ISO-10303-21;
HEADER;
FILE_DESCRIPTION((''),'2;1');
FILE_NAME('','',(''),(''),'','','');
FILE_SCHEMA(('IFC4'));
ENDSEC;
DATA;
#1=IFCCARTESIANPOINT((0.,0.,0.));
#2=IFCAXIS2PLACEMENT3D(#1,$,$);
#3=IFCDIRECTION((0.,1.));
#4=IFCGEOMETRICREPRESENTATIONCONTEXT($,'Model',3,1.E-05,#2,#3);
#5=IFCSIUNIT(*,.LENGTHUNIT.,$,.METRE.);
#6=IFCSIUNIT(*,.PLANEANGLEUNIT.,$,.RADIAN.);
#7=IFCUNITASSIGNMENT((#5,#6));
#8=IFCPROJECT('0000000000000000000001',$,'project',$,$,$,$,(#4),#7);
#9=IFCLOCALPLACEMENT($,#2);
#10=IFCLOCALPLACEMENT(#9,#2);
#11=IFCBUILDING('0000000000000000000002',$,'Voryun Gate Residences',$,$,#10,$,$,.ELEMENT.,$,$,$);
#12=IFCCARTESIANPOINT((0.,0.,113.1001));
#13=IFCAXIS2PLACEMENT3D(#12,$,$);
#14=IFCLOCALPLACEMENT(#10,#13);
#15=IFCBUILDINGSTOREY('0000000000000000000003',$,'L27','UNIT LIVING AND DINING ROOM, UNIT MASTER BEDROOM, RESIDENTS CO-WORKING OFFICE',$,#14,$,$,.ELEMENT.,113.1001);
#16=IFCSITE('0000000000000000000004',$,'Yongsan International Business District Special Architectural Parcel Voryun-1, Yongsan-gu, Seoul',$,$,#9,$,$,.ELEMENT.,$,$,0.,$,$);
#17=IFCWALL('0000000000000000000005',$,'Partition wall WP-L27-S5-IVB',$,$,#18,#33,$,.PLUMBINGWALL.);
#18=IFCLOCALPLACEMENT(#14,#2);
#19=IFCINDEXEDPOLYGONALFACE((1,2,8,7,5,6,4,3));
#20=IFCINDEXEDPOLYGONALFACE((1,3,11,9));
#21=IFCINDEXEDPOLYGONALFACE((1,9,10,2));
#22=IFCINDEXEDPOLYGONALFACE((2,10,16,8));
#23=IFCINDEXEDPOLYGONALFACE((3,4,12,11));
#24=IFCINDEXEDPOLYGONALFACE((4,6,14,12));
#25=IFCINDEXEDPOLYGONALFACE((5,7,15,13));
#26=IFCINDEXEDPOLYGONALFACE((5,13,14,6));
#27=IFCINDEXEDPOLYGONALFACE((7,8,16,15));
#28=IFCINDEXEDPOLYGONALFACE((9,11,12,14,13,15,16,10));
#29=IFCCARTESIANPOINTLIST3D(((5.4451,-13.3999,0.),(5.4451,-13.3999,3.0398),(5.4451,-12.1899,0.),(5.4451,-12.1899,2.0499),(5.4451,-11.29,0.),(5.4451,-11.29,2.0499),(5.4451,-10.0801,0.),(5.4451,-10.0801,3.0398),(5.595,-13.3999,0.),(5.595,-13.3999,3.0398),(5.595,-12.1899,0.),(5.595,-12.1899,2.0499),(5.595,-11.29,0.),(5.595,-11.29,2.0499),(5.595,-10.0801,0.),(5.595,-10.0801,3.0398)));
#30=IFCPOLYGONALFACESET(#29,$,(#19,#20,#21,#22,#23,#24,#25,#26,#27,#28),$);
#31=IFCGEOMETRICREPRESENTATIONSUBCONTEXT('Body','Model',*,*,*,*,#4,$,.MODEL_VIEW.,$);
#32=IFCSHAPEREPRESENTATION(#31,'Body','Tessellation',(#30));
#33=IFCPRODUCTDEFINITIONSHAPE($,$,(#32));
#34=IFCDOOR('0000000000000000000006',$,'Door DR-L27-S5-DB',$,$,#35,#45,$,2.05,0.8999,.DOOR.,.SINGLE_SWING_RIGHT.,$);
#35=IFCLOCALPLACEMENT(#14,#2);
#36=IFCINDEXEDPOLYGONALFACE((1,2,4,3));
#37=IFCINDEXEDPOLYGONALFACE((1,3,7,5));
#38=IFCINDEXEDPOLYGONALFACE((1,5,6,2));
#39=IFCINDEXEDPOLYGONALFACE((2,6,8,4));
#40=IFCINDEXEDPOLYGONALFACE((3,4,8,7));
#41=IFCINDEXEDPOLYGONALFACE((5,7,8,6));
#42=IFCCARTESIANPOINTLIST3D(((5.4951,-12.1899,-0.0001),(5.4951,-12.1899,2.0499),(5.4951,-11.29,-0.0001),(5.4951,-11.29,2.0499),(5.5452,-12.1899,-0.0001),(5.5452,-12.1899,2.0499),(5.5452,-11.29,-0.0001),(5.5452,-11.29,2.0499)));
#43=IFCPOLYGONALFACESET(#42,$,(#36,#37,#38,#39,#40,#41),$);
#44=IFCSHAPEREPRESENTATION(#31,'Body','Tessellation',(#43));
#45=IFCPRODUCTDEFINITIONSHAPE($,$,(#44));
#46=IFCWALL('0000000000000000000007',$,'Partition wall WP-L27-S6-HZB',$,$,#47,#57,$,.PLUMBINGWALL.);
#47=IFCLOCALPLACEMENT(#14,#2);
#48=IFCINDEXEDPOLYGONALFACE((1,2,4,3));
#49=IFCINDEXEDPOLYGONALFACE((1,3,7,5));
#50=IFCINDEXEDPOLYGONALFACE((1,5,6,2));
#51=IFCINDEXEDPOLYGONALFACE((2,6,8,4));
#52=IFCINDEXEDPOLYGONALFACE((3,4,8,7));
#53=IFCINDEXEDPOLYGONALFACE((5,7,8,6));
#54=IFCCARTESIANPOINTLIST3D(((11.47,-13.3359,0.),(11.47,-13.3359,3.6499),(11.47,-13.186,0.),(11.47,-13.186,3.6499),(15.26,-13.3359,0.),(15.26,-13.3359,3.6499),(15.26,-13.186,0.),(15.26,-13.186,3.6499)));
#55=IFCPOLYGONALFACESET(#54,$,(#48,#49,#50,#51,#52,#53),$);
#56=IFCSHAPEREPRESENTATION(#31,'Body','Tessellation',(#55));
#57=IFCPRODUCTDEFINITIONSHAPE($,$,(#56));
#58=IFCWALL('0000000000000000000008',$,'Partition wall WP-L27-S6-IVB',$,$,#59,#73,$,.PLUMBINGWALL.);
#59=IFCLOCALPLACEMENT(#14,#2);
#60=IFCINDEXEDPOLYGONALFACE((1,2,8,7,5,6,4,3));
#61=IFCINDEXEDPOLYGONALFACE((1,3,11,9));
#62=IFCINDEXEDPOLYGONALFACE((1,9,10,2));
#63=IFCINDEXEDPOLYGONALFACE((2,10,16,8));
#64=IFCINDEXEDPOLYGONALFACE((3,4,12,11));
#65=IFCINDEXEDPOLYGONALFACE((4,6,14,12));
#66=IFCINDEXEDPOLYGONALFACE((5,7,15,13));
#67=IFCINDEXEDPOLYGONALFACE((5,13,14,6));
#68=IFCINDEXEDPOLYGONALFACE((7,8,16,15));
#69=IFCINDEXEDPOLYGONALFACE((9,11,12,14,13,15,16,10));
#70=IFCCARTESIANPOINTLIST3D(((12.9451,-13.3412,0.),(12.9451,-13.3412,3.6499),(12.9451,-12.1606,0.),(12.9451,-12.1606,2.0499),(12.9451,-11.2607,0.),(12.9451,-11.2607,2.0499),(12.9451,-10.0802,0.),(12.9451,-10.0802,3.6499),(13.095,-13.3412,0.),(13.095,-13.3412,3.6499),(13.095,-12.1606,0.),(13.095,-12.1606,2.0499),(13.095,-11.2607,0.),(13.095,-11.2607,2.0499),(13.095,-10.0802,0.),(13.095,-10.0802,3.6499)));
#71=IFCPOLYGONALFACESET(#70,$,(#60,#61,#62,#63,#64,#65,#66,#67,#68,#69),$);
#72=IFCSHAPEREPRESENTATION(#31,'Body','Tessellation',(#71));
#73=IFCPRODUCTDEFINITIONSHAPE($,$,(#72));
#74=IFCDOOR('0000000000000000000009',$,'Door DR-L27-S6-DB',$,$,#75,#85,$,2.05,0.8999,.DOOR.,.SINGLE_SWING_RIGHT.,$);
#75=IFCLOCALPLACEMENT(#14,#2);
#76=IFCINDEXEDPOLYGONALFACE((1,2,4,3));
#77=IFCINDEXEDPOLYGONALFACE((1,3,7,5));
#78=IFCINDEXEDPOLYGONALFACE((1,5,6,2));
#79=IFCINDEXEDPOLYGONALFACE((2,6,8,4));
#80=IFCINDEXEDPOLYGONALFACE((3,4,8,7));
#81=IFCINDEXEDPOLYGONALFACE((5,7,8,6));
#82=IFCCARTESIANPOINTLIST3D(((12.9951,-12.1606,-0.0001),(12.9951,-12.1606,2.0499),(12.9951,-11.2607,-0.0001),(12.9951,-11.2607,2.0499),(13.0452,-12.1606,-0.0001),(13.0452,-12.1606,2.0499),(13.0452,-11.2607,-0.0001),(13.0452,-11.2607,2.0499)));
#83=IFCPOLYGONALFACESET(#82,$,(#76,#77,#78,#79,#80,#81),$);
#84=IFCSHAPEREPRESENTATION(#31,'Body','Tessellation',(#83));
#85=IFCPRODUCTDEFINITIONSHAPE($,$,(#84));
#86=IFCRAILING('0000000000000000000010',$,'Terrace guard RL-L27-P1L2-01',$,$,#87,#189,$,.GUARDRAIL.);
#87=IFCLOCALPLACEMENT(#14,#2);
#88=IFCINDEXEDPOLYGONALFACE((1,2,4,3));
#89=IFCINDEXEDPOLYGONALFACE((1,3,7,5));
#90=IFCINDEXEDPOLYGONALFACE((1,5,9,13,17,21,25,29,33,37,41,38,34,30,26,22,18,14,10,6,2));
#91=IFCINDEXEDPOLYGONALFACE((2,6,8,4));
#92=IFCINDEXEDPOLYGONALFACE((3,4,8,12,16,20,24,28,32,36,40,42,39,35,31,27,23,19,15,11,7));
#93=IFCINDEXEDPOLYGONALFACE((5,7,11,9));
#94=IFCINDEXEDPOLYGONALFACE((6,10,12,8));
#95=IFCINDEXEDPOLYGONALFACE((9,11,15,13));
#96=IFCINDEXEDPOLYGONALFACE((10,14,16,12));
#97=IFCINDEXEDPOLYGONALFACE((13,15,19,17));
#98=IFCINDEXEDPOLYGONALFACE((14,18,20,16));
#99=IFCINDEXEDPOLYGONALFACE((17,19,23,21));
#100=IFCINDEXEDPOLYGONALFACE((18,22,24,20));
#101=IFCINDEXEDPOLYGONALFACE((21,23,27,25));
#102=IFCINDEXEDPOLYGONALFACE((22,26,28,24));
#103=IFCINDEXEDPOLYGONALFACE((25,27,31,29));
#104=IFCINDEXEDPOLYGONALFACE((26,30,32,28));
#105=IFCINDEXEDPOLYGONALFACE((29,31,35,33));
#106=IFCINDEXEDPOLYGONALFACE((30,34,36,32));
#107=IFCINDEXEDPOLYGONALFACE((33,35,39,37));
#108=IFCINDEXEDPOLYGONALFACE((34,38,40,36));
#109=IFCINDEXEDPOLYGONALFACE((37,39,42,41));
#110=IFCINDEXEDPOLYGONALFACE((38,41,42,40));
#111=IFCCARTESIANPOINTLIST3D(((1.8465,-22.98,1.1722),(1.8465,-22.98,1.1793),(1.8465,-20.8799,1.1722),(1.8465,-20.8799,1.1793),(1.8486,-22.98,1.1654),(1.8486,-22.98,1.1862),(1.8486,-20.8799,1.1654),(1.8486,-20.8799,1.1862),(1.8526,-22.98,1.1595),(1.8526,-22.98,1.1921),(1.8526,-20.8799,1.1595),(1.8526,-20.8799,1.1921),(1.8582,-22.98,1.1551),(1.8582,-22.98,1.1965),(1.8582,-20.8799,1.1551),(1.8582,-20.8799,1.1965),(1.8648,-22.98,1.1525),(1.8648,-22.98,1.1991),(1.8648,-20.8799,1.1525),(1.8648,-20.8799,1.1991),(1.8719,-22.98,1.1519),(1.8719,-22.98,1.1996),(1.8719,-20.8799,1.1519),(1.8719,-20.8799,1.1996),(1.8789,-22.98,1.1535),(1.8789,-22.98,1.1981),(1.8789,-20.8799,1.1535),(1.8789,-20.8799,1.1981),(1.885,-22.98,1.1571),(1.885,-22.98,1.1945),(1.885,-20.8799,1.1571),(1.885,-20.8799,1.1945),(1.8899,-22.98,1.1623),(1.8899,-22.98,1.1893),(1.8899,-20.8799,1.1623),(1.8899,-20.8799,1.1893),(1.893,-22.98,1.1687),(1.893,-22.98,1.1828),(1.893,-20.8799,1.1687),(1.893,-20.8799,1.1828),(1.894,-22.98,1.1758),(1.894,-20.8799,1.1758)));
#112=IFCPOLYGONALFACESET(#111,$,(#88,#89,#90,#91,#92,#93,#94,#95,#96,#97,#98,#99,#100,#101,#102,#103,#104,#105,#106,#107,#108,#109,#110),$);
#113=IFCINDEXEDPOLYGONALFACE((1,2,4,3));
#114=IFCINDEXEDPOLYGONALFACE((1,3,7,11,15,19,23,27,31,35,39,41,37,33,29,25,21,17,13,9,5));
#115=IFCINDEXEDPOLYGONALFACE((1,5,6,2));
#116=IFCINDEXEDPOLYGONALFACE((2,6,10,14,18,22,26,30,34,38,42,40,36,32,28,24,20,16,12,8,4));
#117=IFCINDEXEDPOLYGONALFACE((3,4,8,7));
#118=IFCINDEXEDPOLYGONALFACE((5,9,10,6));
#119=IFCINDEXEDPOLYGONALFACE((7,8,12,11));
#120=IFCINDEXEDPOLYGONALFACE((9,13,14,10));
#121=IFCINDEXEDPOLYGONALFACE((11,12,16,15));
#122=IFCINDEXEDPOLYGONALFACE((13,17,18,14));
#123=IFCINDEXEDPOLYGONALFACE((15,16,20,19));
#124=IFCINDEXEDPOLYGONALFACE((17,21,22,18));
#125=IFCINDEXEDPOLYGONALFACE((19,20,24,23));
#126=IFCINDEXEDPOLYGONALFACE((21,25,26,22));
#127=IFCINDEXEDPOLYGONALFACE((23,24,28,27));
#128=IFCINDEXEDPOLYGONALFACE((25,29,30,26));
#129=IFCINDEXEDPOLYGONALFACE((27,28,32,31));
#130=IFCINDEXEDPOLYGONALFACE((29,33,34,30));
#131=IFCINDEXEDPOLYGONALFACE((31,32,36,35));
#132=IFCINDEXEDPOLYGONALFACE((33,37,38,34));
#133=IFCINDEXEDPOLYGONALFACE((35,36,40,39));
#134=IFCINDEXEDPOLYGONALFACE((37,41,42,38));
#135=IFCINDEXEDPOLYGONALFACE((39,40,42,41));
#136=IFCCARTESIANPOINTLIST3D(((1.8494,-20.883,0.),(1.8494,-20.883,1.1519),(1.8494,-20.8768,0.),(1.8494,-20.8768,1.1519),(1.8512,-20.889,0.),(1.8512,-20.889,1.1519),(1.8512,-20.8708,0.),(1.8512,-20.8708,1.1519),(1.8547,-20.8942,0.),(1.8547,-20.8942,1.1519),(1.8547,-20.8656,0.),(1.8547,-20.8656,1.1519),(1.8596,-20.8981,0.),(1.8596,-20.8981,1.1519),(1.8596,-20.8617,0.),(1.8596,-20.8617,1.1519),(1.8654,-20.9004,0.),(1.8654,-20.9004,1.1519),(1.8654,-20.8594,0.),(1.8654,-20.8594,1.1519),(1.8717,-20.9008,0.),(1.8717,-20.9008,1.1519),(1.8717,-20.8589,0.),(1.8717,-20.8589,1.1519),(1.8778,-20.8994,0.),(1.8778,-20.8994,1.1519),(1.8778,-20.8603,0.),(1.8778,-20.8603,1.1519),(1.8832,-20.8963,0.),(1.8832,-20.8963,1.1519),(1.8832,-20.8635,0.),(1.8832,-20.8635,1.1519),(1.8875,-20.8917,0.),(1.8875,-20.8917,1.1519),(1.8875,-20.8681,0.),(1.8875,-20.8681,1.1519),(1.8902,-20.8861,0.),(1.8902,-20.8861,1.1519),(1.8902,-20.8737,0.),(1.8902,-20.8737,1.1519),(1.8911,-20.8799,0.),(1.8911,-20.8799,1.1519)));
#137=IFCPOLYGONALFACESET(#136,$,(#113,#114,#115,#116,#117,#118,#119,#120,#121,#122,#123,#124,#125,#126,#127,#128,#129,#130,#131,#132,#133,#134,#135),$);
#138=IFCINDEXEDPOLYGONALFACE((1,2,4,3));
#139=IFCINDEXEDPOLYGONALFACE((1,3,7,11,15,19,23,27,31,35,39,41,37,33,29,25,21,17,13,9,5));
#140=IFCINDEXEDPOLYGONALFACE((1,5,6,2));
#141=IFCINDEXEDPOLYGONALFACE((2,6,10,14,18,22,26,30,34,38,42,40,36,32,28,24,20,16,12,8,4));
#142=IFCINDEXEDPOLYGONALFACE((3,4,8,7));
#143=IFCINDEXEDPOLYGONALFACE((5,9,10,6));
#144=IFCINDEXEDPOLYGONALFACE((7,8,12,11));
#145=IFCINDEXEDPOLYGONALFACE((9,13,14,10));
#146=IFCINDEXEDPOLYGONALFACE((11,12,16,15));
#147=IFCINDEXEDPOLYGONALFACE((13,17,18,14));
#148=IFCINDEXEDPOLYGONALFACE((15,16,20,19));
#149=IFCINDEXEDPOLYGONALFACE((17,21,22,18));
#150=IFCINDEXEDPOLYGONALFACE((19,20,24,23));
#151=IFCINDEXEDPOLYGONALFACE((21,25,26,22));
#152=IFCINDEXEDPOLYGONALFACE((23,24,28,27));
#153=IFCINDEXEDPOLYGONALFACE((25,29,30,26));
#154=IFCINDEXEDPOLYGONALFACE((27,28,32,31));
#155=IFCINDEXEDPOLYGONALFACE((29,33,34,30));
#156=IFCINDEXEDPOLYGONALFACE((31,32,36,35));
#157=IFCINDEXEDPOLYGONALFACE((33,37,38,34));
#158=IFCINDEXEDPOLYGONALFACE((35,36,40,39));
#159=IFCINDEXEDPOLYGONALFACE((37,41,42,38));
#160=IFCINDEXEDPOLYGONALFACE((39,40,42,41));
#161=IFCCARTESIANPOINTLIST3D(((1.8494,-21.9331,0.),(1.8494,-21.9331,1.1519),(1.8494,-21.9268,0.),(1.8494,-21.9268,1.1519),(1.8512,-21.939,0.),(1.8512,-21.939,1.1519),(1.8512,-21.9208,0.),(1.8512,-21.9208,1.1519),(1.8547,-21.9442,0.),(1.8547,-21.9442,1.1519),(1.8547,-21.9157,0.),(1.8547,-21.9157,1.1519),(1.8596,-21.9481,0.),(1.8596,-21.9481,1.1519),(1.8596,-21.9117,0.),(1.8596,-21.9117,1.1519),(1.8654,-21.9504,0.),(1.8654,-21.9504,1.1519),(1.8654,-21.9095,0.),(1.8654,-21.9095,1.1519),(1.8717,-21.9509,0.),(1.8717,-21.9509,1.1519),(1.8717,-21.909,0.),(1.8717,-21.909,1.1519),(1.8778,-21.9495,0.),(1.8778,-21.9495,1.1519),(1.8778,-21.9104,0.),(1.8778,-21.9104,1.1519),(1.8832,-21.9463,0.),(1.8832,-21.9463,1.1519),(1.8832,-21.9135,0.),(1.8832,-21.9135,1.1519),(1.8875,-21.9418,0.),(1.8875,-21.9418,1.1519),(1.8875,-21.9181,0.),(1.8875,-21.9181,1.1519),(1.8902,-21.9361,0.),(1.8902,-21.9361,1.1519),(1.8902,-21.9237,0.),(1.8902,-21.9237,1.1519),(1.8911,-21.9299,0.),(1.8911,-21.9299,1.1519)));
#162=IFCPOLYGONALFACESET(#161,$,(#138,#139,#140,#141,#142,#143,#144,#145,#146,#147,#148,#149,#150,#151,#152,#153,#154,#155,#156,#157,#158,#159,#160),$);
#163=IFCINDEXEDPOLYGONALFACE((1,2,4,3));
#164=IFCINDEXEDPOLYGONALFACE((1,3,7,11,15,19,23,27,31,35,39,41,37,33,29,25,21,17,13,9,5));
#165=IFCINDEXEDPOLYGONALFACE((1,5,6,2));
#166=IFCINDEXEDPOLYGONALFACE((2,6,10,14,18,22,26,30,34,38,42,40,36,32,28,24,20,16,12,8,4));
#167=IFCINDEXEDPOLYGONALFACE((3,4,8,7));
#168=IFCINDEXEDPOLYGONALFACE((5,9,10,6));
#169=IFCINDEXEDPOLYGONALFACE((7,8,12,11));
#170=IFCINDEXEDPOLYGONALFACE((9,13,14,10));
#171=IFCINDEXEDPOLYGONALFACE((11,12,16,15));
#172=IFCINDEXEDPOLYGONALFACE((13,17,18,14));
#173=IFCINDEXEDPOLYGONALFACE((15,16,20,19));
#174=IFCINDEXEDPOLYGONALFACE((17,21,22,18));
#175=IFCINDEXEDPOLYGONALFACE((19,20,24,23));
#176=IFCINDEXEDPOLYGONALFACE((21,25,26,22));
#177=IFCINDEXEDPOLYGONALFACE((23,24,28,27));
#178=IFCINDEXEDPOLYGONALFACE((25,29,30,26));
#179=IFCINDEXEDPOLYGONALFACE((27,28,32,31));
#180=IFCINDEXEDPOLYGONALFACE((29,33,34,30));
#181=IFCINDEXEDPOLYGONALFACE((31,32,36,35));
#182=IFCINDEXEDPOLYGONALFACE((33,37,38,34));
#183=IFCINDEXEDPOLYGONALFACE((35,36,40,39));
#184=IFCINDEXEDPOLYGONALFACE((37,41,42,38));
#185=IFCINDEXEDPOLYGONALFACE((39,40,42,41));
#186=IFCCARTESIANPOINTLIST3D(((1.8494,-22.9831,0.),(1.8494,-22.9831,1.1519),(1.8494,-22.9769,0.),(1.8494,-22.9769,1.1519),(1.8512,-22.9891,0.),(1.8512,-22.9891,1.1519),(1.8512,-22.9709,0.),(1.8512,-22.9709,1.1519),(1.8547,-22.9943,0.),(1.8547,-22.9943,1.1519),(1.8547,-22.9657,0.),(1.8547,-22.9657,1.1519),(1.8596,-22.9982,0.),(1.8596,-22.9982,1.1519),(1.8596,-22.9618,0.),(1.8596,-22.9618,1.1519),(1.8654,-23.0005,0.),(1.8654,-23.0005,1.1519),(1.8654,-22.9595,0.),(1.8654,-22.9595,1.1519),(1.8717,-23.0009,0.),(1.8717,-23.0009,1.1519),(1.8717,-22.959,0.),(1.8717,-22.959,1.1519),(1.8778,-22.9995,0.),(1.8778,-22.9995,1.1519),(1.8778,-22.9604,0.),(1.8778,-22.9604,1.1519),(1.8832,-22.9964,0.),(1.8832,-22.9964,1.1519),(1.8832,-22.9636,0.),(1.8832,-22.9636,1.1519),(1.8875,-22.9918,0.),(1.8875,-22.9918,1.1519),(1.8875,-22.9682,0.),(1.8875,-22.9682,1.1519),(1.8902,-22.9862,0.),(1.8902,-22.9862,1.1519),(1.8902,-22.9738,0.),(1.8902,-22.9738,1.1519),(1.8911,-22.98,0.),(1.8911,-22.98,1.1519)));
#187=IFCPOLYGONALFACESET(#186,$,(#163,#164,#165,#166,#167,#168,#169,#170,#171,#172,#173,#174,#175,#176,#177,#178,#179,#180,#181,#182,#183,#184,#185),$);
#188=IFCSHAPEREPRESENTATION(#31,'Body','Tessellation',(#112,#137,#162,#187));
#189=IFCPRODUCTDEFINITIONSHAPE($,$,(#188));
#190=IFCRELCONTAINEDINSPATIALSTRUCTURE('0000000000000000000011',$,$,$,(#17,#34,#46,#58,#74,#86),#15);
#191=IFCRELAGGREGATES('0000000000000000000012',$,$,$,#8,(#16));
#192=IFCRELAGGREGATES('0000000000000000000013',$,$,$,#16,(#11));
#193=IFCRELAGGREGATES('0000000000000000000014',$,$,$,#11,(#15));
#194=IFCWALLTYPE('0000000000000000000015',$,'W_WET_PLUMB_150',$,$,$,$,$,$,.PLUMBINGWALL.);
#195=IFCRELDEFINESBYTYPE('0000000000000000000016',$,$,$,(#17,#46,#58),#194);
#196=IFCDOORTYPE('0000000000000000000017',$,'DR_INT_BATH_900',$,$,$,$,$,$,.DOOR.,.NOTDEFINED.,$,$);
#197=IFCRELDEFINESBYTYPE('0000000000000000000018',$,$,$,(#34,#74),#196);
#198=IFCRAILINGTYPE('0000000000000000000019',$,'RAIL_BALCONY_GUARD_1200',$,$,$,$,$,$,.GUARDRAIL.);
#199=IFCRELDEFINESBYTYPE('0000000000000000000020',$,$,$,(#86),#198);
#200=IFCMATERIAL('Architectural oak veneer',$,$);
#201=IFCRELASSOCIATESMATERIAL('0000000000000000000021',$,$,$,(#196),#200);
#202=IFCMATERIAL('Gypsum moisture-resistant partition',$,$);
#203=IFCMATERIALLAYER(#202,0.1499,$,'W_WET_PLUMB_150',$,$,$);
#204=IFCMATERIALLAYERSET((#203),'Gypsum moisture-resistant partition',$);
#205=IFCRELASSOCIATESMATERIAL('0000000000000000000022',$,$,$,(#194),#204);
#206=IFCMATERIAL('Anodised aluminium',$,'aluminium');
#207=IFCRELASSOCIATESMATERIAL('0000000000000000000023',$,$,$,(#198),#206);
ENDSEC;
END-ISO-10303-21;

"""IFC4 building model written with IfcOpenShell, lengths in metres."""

from ifc_helpers import new_model, si_unit, direction, frame, frame_2d, origin, origin_2d, place, context, subcontext, project, spatial, rectangle, circle, extrude, material, layer, layer_set, type_object, element, fill, save


model = new_model("IFC4")

# Units and contexts
model_context = context("Model", 3, precision=1e-05, world=origin(), true_north=direction((0.0, 1.0)))
body_context = subcontext(model_context, "Body", "Model", "MODEL_VIEW")
ifc_project = project(units=[si_unit("LENGTHUNIT", "METRE"), si_unit("PLANEANGLEUNIT", "RADIAN")], contexts=[model_context])

# Site, building, storey
site_placement = place(None, origin())
site = spatial("IfcSite", under=ifc_project, at=site_placement, Name="Yongsan International Business District Special Architectural Parcel Voryun-1, Yongsan-gu, Seoul", CompositionType="ELEMENT", RefElevation=0.0)
building_placement = place(site_placement, origin())
building = spatial("IfcBuilding", under=site, at=building_placement, Name="Voryun Gate Residences", CompositionType="ELEMENT")
storey_placement = place(building_placement, frame((0.0, 0.0, 113.1001)))
storey = spatial("IfcBuildingStorey", under=building, at=storey_placement, Name="L27", Description="UNIT LIVING AND DINING ROOM, UNIT MASTER BEDROOM, RESIDENTS CO-WORKING OFFICE", CompositionType="ELEMENT", Elevation=113.1001)

# Shared definitions
ifc_material_1 = material(Name="Architectural oak veneer")
door_type_1 = type_object("IfcDoorType", Name="DR_INT_BATH_900", OperationType="NOTDEFINED", PredefinedType="DOOR", material=ifc_material_1)

# Shared definitions
ifc_material_2 = material(Name="Gypsum moisture-resistant partition")
ifc_layer_1 = layer(ifc_material_2, 0.1499, Name="W_WET_PLUMB_150")
ifc_layer_set_1 = layer_set([ifc_layer_1], Name="Gypsum moisture-resistant partition")
wall_type_1 = type_object("IfcWallType", Name="W_WET_PLUMB_150", PredefinedType="PLUMBINGWALL", material=ifc_layer_set_1)

# Wall, opening, door
wall_1_placement = place(storey_placement, frame((5.52, -13.3999, 0.0), z_axis=(0.0, 0.0, 1.0), x_axis=(0.0, 1.0, 0.0)))
wall_1 = element("IfcWall", 1, at=wall_1_placement, inside=storey, type_object=wall_type_1, Name="Partition wall WP-L27-S5-IVB", PredefinedType="PLUMBINGWALL", context=body_context, shape_type="SweptSolid", body=[
    extrude(rectangle(XDim=3.3198, YDim=0.1499, at=frame_2d((1.6599, 0.0))), origin(), (0.0, 0.0, 1.0), 3.0398),
])
opening_1_placement = place(wall_1_placement, frame((1.21, 0.0, 0.0)))
opening_1 = element("IfcOpeningElement", 2, at=opening_1_placement, cuts=wall_1, PredefinedType="OPENING", context=body_context, shape_type="SweptSolid", body=[
    extrude(rectangle(XDim=0.8999, YDim=2.05, at=frame_2d((0.45, 1.0249))), frame((0.0, 0.085, 0.0), z_axis=(0.0, -1.0, 0.0), x_axis=(1.0, 0.0, 0.0)), (0.0, 0.0, 1.0), 0.1699),
])
door_1_placement = place(opening_1_placement, origin())
door_1 = element("IfcDoor", 3, at=door_1_placement, inside=storey, type_object=door_type_1, Name="Door DR-L27-S5-DB", OperationType="SINGLE_SWING_RIGHT", OverallHeight=2.05, OverallWidth=0.8999, PredefinedType="DOOR", context=body_context, shape_type="SweptSolid", body=[
    extrude(rectangle(XDim=0.8999, YDim=2.05, at=frame_2d((0.45, 1.0249))), frame((0.0, 0.0249, 0.0), z_axis=(0.0, -1.0, 0.0), x_axis=(1.0, 0.0, 0.0)), (0.0, 0.0, 1.0), 0.05),
])
fill(opening_1, door_1)

# Wall
wall_2_placement = place(storey_placement, frame((11.47, -13.261, 0.0), z_axis=(0.0, 0.0, 1.0), x_axis=(1.0, 0.0, 0.0)))
element("IfcWall", 4, at=wall_2_placement, inside=storey, type_object=wall_type_1, Name="Partition wall WP-L27-S6-HZB", PredefinedType="PLUMBINGWALL", context=body_context, shape_type="SweptSolid", body=[
    extrude(rectangle(XDim=3.79, YDim=0.1499, at=frame_2d((1.895, 0.0))), origin(), (0.0, 0.0, 1.0), 3.6499),
])

# Wall, opening, door
wall_3_placement = place(storey_placement, frame((13.02, -13.3411, 0.0), z_axis=(0.0, 0.0, 1.0), x_axis=(0.0, 1.0, 0.0)))
wall_3 = element("IfcWall", 5, at=wall_3_placement, inside=storey, type_object=wall_type_1, Name="Partition wall WP-L27-S6-IVB", PredefinedType="PLUMBINGWALL", context=body_context, shape_type="SweptSolid", body=[
    extrude(rectangle(XDim=3.261, YDim=0.1499, at=frame_2d((1.6304, 0.0))), origin(), (0.0, 0.0, 1.0), 3.6499),
])
opening_2_placement = place(wall_3_placement, frame((1.1804, 0.0, 0.0)))
opening_2 = element("IfcOpeningElement", 6, at=opening_2_placement, cuts=wall_3, PredefinedType="OPENING", context=body_context, shape_type="SweptSolid", body=[
    extrude(rectangle(XDim=0.8999, YDim=2.05, at=frame_2d((0.45, 1.0249))), frame((0.0, 0.085, 0.0), z_axis=(0.0, -1.0, 0.0), x_axis=(1.0, 0.0, 0.0)), (0.0, 0.0, 1.0), 0.1699),
])
door_2_placement = place(opening_2_placement, origin())
door_2 = element("IfcDoor", 7, at=door_2_placement, inside=storey, type_object=door_type_1, Name="Door DR-L27-S6-DB", OperationType="SINGLE_SWING_RIGHT", OverallHeight=2.05, OverallWidth=0.8999, PredefinedType="DOOR", context=body_context, shape_type="SweptSolid", body=[
    extrude(rectangle(XDim=0.8999, YDim=2.05, at=frame_2d((0.45, 1.0249))), frame((0.0, 0.0249, 0.0), z_axis=(0.0, -1.0, 0.0), x_axis=(1.0, 0.0, 0.0)), (0.0, 0.0, 1.0), 0.05),
])
fill(opening_2, door_2)

# Railing
ifc_material_3 = material(Name="Anodised aluminium", Category="aluminium")
railing_type = type_object("IfcRailingType", Name="RAIL_BALCONY_GUARD_1200", PredefinedType="GUARDRAIL", material=ifc_material_3)
railing_1_placement = place(storey_placement, frame((1.8701, -20.8799, 0.0)))
element("IfcRailing", 8, at=railing_1_placement, inside=storey, type_object=railing_type, Name="Terrace guard RL-L27-P1L2-01", PredefinedType="GUARDRAIL", context=body_context, shape_type="SweptSolid", body=[
    extrude(circle(Radius=0.0239, at=origin_2d()), frame((0.0, 0.0, 1.1758), z_axis=(0.0, -1.0, 0.0), x_axis=(1.0, 0.0, 0.0)), (0.0, 0.0, 1.0), 2.1001),
    extrude(circle(Radius=0.021, at=origin_2d()), origin(), (0.0, 0.0, 1.0), 1.1519),
    extrude(circle(Radius=0.021, at=origin_2d()), frame((0.0, -1.05, 0.0)), (0.0, 0.0, 1.0), 1.1519),
    extrude(circle(Radius=0.021, at=origin_2d()), frame((0.0, -2.1001, 0.0)), (0.0, 0.0, 1.0), 1.1519),
])

save(model, "model.ifc")
